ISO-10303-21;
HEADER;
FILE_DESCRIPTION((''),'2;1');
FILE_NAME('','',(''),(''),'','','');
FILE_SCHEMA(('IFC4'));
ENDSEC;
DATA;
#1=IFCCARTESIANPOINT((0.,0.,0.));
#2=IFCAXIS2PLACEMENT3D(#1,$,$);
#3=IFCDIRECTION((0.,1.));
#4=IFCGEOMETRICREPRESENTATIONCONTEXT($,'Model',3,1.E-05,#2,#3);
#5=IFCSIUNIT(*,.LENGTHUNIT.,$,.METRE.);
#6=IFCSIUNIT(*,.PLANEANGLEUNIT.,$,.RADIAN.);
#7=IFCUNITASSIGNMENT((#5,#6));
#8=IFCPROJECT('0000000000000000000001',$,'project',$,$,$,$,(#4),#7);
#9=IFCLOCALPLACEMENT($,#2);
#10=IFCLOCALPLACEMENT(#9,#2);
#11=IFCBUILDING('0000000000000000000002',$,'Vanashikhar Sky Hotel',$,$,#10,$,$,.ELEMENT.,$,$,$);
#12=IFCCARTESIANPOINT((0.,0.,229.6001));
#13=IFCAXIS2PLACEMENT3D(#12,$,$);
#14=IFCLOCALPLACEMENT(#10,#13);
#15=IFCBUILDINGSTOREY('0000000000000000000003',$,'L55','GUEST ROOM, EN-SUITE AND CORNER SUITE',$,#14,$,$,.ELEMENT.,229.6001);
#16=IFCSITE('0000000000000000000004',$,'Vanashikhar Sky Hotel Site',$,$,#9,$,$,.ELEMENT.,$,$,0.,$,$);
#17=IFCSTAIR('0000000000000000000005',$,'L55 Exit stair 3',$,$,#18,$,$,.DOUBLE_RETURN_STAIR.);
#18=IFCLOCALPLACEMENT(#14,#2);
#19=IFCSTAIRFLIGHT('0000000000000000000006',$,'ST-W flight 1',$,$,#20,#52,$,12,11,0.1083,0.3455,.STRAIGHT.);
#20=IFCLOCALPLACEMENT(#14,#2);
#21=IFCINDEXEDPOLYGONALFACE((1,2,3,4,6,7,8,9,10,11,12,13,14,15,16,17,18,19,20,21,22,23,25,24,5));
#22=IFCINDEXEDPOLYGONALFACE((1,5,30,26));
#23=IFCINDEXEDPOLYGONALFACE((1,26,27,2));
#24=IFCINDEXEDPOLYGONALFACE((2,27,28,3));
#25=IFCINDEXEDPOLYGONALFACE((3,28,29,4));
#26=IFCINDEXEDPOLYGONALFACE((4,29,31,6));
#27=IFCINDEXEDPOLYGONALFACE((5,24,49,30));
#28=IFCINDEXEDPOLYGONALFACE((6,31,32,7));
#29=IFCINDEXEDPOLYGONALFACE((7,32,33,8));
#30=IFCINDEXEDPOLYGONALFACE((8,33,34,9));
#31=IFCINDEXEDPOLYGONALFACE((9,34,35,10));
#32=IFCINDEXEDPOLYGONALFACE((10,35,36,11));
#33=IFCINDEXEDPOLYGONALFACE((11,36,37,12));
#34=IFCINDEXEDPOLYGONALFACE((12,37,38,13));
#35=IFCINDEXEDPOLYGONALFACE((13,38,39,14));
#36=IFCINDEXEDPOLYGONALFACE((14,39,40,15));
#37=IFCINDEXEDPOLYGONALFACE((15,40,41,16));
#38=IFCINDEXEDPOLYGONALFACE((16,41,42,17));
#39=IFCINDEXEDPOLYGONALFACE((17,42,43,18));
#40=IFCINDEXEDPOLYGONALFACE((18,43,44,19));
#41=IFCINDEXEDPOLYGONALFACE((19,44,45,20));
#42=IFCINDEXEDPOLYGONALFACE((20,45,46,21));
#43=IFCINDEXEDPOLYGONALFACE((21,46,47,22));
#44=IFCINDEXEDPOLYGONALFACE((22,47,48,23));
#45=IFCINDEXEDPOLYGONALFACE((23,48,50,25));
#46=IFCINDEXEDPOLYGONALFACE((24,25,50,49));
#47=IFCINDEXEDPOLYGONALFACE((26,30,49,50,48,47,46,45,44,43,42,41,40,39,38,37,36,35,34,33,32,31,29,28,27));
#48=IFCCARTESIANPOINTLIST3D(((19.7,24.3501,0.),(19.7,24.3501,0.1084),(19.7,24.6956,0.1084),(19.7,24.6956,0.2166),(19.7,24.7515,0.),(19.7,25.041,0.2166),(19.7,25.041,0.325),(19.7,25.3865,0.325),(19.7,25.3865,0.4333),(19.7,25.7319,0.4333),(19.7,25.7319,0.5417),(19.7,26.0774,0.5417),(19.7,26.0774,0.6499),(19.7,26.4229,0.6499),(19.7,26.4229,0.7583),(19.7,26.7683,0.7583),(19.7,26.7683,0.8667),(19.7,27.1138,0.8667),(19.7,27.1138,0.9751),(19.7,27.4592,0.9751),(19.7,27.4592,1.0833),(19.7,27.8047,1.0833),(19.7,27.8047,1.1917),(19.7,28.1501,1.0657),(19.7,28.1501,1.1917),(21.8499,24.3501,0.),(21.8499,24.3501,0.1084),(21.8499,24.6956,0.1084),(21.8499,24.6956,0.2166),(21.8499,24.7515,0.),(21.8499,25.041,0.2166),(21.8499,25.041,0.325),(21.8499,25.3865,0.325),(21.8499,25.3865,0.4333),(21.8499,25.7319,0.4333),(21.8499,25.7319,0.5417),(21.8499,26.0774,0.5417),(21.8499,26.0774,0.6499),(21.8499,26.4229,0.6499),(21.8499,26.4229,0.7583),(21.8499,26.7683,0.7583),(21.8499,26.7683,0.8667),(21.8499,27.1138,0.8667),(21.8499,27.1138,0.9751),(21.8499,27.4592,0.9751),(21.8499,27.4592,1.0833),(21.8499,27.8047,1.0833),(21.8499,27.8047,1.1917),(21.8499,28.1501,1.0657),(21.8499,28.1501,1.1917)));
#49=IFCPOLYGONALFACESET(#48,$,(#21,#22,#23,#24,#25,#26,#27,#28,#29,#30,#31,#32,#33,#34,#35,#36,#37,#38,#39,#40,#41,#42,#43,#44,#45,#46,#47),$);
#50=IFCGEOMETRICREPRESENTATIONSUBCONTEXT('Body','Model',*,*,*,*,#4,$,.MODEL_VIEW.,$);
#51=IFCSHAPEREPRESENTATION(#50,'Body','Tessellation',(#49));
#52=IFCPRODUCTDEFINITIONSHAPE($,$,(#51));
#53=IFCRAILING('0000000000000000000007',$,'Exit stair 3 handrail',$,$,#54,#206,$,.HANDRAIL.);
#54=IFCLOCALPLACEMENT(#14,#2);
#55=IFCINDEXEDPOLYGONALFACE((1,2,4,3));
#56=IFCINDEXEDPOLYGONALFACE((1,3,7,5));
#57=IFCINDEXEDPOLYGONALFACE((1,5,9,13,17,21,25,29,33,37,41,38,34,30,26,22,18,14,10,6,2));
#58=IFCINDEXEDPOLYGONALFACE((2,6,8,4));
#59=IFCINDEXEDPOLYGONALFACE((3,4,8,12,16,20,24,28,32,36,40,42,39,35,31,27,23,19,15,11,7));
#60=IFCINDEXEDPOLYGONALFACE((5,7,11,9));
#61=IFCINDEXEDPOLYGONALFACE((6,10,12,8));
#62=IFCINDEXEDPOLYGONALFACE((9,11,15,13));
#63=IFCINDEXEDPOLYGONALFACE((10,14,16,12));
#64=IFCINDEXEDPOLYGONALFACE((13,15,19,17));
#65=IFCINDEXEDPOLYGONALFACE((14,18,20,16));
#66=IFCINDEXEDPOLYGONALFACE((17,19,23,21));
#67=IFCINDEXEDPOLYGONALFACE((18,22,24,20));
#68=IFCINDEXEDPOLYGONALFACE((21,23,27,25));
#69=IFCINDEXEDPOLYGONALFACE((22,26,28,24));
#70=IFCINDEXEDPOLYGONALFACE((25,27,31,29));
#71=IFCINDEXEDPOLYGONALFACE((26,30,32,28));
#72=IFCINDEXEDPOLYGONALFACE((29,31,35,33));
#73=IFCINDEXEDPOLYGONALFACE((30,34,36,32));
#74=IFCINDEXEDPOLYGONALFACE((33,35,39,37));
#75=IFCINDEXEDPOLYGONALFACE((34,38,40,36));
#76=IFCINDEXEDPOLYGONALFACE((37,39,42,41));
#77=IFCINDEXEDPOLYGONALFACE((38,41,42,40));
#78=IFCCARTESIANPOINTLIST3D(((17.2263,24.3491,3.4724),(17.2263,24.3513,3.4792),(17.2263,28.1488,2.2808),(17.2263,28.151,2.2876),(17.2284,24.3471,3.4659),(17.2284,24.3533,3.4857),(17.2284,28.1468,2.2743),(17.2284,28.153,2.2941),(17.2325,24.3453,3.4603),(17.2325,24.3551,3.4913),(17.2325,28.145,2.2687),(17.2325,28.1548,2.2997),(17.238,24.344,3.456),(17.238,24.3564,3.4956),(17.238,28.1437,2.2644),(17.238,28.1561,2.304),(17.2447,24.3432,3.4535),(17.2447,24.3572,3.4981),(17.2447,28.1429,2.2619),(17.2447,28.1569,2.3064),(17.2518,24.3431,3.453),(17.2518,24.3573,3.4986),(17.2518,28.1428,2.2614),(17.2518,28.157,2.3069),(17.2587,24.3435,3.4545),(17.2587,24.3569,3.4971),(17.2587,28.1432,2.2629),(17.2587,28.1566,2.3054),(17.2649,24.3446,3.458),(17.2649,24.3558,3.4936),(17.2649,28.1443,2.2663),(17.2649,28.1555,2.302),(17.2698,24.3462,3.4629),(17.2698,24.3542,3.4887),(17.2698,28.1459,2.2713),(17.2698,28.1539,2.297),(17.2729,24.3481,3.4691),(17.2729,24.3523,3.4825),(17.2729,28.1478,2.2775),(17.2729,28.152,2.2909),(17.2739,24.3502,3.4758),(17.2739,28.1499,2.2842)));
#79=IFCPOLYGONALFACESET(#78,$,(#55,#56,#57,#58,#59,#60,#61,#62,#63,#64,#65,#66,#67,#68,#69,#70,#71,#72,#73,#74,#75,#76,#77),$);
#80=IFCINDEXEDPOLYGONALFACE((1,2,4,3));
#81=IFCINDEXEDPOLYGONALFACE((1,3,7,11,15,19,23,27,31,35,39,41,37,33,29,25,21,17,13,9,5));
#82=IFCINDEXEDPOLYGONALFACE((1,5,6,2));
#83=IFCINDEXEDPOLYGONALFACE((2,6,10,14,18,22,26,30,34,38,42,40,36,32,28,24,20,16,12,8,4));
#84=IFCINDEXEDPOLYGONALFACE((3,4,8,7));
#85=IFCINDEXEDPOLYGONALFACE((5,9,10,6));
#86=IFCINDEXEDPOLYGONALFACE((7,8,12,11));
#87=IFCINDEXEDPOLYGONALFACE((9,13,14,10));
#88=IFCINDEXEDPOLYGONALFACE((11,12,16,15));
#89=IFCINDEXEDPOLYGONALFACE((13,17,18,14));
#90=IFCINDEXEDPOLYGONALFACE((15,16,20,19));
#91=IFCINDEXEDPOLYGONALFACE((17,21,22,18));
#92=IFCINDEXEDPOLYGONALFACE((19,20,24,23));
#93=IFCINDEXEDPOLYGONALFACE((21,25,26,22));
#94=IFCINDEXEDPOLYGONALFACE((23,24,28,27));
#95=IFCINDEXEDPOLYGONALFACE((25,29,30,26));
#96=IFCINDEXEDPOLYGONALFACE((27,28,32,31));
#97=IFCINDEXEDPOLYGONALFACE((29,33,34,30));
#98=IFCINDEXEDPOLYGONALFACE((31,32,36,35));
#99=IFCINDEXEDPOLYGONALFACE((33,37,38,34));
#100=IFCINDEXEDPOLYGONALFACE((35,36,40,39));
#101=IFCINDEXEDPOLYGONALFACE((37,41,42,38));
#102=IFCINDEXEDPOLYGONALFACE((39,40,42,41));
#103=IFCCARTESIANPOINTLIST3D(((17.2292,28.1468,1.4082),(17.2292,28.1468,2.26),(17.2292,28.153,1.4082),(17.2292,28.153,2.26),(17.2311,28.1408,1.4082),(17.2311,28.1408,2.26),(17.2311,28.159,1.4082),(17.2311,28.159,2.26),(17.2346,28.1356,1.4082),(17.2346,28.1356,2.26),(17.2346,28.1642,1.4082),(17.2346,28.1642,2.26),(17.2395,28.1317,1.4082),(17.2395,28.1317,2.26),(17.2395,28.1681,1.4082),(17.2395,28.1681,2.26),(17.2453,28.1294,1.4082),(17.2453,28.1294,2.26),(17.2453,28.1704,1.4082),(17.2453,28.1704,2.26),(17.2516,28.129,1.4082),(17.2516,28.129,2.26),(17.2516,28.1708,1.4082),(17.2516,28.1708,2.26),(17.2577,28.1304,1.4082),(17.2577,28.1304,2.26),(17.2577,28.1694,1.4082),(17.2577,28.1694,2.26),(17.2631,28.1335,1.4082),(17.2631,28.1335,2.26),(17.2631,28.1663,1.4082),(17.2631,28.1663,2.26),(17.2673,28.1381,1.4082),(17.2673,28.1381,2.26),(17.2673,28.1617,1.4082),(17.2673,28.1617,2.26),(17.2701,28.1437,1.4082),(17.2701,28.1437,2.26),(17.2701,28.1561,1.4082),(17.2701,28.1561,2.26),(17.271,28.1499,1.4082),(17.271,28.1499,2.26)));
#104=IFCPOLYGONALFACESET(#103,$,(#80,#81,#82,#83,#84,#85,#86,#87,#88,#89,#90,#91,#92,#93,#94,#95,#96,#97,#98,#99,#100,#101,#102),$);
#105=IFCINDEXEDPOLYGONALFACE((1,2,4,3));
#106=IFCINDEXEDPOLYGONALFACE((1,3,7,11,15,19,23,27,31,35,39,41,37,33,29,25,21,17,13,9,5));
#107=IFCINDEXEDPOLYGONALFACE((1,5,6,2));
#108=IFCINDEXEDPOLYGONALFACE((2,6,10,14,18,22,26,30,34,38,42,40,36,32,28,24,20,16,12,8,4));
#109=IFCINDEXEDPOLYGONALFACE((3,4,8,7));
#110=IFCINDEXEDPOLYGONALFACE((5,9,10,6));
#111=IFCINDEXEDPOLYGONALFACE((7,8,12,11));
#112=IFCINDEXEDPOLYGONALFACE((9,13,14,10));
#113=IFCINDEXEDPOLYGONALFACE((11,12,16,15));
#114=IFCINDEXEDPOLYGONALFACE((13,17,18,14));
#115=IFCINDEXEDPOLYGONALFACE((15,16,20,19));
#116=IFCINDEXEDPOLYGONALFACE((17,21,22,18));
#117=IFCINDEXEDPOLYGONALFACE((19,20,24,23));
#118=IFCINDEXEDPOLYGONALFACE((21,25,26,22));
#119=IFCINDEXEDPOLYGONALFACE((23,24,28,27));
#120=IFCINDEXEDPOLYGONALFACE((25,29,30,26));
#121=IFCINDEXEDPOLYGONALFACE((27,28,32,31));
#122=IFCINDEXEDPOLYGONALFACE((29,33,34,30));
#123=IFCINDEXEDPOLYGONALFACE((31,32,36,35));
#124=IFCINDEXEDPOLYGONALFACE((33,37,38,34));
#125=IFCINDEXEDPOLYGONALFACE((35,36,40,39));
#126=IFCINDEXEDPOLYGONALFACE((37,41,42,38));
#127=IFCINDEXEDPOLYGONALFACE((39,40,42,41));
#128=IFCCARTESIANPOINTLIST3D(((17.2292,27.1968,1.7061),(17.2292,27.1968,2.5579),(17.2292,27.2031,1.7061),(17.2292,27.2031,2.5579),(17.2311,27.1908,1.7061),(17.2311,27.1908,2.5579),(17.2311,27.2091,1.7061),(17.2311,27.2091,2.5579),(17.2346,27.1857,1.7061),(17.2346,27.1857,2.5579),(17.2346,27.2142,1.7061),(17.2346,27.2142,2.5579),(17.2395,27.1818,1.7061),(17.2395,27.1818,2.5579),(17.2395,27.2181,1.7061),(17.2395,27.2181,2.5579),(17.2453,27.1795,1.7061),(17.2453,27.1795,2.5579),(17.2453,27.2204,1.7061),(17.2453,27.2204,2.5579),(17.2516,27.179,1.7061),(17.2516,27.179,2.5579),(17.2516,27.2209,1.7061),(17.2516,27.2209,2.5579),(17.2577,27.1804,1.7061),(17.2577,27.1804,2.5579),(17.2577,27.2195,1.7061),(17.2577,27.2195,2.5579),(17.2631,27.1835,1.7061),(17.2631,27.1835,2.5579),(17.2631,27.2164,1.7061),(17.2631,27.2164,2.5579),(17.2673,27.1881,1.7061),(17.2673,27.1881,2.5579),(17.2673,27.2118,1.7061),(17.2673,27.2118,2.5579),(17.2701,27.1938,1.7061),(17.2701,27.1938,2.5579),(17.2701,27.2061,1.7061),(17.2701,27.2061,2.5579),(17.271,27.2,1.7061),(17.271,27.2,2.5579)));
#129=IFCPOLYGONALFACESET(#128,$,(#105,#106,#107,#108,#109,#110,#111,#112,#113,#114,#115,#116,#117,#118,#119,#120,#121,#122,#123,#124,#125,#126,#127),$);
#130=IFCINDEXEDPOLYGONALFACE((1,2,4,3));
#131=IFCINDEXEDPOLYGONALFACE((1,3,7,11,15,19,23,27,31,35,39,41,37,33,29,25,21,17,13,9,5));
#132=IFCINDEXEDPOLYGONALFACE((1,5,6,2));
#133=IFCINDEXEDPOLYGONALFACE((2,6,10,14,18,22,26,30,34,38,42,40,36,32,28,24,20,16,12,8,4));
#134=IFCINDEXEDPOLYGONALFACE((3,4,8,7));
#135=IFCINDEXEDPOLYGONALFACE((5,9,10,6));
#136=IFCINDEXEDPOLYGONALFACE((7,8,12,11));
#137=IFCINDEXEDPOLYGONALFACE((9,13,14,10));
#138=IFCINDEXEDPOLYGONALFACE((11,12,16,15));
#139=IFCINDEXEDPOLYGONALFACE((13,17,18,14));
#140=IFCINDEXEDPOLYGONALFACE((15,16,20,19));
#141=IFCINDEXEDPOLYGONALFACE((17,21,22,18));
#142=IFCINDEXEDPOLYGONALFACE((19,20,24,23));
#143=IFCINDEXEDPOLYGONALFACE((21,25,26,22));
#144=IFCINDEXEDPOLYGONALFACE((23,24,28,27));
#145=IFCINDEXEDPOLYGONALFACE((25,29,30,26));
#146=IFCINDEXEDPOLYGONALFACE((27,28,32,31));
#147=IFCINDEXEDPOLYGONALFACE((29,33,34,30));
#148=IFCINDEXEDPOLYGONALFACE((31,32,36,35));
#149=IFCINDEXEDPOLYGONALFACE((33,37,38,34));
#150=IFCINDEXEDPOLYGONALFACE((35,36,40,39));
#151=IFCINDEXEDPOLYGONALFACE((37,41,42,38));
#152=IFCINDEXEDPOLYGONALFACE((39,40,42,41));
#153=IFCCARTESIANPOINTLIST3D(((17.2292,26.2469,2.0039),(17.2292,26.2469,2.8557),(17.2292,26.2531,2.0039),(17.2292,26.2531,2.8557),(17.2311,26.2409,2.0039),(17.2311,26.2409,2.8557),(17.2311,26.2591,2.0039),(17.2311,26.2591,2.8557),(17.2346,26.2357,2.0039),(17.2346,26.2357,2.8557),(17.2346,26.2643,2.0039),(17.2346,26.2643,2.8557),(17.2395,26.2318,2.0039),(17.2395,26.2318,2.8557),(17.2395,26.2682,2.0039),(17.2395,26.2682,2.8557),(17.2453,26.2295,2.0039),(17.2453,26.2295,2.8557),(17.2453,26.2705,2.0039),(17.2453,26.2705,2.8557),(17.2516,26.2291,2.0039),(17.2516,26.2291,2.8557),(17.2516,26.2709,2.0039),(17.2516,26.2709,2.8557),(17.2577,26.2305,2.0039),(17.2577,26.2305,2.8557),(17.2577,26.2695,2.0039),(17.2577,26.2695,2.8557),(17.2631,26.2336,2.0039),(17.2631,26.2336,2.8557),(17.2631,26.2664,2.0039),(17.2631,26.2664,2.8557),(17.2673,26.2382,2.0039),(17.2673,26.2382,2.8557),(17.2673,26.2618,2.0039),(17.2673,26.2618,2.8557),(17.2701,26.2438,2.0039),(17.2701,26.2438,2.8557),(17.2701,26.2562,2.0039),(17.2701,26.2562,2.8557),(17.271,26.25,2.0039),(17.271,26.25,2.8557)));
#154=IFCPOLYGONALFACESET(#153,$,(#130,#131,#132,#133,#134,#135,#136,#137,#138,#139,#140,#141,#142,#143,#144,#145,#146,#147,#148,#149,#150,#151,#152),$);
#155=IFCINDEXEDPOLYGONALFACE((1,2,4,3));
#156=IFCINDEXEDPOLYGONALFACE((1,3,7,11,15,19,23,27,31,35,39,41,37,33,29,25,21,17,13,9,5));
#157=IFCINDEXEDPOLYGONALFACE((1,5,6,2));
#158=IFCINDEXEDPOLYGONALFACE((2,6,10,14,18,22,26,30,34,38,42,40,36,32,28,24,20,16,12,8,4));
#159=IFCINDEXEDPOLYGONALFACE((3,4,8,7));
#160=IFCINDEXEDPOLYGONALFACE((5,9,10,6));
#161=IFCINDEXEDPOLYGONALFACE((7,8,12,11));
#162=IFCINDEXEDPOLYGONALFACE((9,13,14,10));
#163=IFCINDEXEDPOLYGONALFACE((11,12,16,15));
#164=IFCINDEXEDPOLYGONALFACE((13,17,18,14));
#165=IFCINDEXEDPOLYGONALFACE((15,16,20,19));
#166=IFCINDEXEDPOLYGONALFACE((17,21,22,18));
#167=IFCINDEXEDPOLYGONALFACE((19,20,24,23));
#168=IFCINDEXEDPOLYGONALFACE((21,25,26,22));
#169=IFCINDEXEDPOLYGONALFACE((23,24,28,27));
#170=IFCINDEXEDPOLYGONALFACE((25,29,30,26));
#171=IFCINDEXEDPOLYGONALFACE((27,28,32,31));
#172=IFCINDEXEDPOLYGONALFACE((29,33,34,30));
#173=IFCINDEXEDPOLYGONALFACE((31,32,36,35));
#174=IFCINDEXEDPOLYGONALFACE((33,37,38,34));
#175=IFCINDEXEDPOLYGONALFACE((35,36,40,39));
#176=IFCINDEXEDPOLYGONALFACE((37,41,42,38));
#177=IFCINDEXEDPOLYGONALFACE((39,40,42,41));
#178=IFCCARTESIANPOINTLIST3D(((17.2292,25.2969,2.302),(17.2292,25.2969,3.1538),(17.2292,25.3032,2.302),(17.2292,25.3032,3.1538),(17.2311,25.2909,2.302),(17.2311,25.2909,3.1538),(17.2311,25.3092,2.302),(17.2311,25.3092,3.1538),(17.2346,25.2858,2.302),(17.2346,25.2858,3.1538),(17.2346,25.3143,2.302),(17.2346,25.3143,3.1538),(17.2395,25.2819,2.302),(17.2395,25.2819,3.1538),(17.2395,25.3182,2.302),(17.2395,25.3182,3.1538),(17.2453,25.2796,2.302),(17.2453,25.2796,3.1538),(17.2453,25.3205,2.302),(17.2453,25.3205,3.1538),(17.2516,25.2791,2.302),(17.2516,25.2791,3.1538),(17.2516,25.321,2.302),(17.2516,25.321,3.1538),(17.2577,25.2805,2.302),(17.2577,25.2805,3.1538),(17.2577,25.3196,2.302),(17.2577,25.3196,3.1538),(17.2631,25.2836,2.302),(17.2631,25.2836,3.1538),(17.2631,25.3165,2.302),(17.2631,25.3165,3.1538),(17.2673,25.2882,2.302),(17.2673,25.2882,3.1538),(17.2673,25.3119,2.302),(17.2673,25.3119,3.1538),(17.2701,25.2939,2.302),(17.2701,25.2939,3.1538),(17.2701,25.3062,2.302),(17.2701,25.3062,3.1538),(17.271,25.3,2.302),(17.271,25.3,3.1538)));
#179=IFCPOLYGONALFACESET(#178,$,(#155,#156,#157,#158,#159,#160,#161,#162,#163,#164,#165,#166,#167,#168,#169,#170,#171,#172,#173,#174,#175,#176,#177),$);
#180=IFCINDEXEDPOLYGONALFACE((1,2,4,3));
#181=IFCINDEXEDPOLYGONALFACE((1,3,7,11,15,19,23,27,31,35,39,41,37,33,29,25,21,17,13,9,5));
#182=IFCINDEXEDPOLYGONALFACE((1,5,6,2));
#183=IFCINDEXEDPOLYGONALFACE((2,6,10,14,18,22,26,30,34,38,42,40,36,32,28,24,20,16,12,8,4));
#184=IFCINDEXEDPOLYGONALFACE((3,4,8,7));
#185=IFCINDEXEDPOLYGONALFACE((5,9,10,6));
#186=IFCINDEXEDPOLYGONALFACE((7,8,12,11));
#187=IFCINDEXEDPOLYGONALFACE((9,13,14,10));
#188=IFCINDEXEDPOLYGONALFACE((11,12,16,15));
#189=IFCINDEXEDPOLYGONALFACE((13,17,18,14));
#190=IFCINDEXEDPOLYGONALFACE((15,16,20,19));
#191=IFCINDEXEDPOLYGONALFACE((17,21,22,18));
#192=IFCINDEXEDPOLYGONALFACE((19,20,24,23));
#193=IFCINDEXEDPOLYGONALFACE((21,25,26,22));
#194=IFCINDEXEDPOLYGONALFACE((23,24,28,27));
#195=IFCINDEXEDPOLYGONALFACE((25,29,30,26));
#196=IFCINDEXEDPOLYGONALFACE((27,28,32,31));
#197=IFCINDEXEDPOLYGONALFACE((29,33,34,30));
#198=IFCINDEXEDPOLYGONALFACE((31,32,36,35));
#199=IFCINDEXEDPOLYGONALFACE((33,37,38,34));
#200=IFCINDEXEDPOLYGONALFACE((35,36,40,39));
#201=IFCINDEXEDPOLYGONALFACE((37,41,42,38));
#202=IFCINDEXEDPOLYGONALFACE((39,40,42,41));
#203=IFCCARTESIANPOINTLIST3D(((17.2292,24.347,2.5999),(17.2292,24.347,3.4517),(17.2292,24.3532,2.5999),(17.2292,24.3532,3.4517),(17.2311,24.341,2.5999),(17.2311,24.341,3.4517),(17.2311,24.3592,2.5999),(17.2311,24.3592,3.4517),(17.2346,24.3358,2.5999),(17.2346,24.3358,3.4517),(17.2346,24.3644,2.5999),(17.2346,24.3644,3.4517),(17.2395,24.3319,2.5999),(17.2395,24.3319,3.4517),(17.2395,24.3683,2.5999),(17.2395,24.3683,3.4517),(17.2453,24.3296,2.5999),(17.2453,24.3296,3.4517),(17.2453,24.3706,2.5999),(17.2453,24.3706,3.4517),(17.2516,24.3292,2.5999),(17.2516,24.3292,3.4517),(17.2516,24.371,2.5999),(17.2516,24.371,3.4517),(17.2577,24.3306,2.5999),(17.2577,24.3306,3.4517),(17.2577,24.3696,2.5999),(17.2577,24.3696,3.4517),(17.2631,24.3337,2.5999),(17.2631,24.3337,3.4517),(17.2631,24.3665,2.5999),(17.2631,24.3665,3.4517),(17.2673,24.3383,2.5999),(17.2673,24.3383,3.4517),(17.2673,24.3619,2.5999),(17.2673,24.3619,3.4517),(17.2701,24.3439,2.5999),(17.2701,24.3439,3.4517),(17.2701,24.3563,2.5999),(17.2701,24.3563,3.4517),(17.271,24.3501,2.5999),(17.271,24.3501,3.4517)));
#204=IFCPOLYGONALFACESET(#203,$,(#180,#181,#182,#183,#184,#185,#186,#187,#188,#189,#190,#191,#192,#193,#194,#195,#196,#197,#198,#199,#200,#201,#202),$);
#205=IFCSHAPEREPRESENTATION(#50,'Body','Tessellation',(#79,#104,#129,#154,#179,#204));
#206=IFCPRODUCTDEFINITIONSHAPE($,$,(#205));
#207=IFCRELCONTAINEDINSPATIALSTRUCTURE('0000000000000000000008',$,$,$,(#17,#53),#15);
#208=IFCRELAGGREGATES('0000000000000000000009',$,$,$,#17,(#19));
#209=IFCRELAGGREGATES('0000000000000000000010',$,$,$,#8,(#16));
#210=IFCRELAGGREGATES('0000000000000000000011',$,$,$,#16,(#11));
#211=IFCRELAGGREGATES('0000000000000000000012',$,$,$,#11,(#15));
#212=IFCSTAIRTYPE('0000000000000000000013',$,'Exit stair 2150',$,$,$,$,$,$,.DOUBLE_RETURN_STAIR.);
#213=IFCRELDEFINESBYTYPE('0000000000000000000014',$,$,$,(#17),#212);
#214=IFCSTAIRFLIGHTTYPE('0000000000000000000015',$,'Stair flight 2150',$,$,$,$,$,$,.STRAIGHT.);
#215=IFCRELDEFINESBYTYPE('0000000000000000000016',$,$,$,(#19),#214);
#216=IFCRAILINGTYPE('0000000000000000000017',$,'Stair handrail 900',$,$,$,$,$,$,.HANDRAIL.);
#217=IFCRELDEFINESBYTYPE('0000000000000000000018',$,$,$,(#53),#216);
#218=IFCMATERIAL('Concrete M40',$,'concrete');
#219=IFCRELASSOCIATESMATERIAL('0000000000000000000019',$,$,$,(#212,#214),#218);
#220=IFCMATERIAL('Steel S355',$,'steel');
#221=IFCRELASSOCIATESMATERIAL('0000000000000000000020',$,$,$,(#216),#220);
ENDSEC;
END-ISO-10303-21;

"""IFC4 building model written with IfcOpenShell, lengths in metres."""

from ifc_helpers import new_model, si_unit, direction, frame, origin, origin_2d, place, context, subcontext, project, spatial, polyline, circle, outline, extrude, source, transform, mapped, material, type_object, element, aggregate, save


model = new_model("IFC4")

# Units and contexts
model_context = context("Model", 3, precision=1e-05, world=origin(), true_north=direction((0.0, 1.0)))
body_context = subcontext(model_context, "Body", "Model", "MODEL_VIEW")
ifc_project = project(units=[si_unit("LENGTHUNIT", "METRE"), si_unit("PLANEANGLEUNIT", "RADIAN")], contexts=[model_context])

# Site, building, storey
site_placement = place(None, origin())
site = spatial("IfcSite", under=ifc_project, at=site_placement, Name="Vanashikhar Sky Hotel Site", CompositionType="ELEMENT", RefElevation=0.0)
building_placement = place(site_placement, origin())
building = spatial("IfcBuilding", under=site, at=building_placement, Name="Vanashikhar Sky Hotel", CompositionType="ELEMENT")
storey_placement = place(building_placement, frame((0.0, 0.0, 229.6001)))
storey = spatial("IfcBuildingStorey", under=building, at=storey_placement, Name="L55", Description="GUEST ROOM, EN-SUITE AND CORNER SUITE", CompositionType="ELEMENT", Elevation=229.6001)

# Stair, stair flight
ifc_material_1 = material(Name="Concrete M40", Category="concrete")
stair_type = type_object("IfcStairType", Name="Exit stair 2150", PredefinedType="DOUBLE_RETURN_STAIR", material=ifc_material_1)
stair_placement = place(storey_placement, origin())
stair = element("IfcStair", 1, at=stair_placement, inside=storey, type_object=stair_type, Name="L55 Exit stair 3", PredefinedType="DOUBLE_RETURN_STAIR")
stair_flight_type = type_object("IfcStairFlightType", Name="Stair flight 2150", PredefinedType="STRAIGHT", material=ifc_material_1)
shared_shape_1 = source(origin(), body_context, "Body", "SweptSolid", [
    extrude(outline(polyline([(0.0, 0.0), (0.0, 0.1084), (0.3455, 0.1084), (0.3455, 0.2166), (0.6909, 0.2166), (0.6909, 0.325), (1.0364, 0.325), (1.0364, 0.4333), (1.3818, 0.4333), (1.3818, 0.5417), (1.7273, 0.5417), (1.7273, 0.6499), (2.0728, 0.6499), (2.0728, 0.7583), (2.4182, 0.7583), (2.4182, 0.8667), (2.7637, 0.8667), (2.7637, 0.9751), (3.1091, 0.9751), (3.1091, 1.0833), (3.4546, 1.0833), (3.4546, 1.1917), (3.8, 1.1917), (3.8, 1.3), (3.8, 1.0657), (0.4014, 0.0), (0.0, 0.0)])), frame((0.0, 1.075, 0.0), z_axis=(0.0, -1.0, 0.0), x_axis=(1.0, 0.0, 0.0)), (0.0, 0.0, 1.0), 2.1499),
])
stair_flight_placement = place(storey_placement, frame((20.7749, 24.3501, 0.0), z_axis=(0.0, 0.0, 1.0), x_axis=(0.0, 1.0, 0.0)))
stair_flight = element("IfcStairFlight", 2, at=stair_flight_placement, type_object=stair_flight_type, Name="ST-W flight 1", NumberOfRisers=12, NumberOfTreads=11, PredefinedType="STRAIGHT", RiserHeight=0.1083, TreadLength=0.3455, context=body_context, shape_type="MappedRepresentation", body=[
    mapped(shared_shape_1, transform((0.0, 0.0, 0.0), scale=1.0)),
])
aggregate(stair, [stair_flight])

# Railing
ifc_material_2 = material(Name="Steel S355", Category="steel")
railing_type_1 = type_object("IfcRailingType", Name="Stair handrail 900", PredefinedType="HANDRAIL", material=ifc_material_2)
shared_shape_2 = source(origin(), body_context, "Body", "SweptSolid", [
    extrude(circle(Radius=0.0239, at=origin_2d()), frame((0.0, 0.0, 0.876), z_axis=(0.0, -0.954178, 0.299238), x_axis=(1.0, 0.0, 0.0)), (0.0, 0.0, 1.0), 3.9822),
    extrude(circle(Radius=0.021, at=origin_2d()), origin(), (0.0, 0.0, 1.0), 0.8518),
    extrude(circle(Radius=0.021, at=origin_2d()), frame((0.0, -0.95, 0.2979)), (0.0, 0.0, 1.0), 0.8518),
    extrude(circle(Radius=0.021, at=origin_2d()), frame((0.0, -1.8999, 0.5957)), (0.0, 0.0, 1.0), 0.8518),
    extrude(circle(Radius=0.021, at=origin_2d()), frame((0.0, -2.8499, 0.8938)), (0.0, 0.0, 1.0), 0.8518),
    extrude(circle(Radius=0.021, at=origin_2d()), frame((0.0, -3.7998, 1.1917)), (0.0, 0.0, 1.0), 0.8518),
])
railing_1_placement = place(storey_placement, frame((17.25, 28.1499, 1.4082)))
element("IfcRailing", 3, at=railing_1_placement, inside=storey, type_object=railing_type_1, Name="Exit stair 3 handrail", PredefinedType="HANDRAIL", context=body_context, shape_type="MappedRepresentation", body=[
    mapped(shared_shape_2, transform((0.0, 0.0, 0.0), scale=1.0)),
])

save(model, "model.ifc")
